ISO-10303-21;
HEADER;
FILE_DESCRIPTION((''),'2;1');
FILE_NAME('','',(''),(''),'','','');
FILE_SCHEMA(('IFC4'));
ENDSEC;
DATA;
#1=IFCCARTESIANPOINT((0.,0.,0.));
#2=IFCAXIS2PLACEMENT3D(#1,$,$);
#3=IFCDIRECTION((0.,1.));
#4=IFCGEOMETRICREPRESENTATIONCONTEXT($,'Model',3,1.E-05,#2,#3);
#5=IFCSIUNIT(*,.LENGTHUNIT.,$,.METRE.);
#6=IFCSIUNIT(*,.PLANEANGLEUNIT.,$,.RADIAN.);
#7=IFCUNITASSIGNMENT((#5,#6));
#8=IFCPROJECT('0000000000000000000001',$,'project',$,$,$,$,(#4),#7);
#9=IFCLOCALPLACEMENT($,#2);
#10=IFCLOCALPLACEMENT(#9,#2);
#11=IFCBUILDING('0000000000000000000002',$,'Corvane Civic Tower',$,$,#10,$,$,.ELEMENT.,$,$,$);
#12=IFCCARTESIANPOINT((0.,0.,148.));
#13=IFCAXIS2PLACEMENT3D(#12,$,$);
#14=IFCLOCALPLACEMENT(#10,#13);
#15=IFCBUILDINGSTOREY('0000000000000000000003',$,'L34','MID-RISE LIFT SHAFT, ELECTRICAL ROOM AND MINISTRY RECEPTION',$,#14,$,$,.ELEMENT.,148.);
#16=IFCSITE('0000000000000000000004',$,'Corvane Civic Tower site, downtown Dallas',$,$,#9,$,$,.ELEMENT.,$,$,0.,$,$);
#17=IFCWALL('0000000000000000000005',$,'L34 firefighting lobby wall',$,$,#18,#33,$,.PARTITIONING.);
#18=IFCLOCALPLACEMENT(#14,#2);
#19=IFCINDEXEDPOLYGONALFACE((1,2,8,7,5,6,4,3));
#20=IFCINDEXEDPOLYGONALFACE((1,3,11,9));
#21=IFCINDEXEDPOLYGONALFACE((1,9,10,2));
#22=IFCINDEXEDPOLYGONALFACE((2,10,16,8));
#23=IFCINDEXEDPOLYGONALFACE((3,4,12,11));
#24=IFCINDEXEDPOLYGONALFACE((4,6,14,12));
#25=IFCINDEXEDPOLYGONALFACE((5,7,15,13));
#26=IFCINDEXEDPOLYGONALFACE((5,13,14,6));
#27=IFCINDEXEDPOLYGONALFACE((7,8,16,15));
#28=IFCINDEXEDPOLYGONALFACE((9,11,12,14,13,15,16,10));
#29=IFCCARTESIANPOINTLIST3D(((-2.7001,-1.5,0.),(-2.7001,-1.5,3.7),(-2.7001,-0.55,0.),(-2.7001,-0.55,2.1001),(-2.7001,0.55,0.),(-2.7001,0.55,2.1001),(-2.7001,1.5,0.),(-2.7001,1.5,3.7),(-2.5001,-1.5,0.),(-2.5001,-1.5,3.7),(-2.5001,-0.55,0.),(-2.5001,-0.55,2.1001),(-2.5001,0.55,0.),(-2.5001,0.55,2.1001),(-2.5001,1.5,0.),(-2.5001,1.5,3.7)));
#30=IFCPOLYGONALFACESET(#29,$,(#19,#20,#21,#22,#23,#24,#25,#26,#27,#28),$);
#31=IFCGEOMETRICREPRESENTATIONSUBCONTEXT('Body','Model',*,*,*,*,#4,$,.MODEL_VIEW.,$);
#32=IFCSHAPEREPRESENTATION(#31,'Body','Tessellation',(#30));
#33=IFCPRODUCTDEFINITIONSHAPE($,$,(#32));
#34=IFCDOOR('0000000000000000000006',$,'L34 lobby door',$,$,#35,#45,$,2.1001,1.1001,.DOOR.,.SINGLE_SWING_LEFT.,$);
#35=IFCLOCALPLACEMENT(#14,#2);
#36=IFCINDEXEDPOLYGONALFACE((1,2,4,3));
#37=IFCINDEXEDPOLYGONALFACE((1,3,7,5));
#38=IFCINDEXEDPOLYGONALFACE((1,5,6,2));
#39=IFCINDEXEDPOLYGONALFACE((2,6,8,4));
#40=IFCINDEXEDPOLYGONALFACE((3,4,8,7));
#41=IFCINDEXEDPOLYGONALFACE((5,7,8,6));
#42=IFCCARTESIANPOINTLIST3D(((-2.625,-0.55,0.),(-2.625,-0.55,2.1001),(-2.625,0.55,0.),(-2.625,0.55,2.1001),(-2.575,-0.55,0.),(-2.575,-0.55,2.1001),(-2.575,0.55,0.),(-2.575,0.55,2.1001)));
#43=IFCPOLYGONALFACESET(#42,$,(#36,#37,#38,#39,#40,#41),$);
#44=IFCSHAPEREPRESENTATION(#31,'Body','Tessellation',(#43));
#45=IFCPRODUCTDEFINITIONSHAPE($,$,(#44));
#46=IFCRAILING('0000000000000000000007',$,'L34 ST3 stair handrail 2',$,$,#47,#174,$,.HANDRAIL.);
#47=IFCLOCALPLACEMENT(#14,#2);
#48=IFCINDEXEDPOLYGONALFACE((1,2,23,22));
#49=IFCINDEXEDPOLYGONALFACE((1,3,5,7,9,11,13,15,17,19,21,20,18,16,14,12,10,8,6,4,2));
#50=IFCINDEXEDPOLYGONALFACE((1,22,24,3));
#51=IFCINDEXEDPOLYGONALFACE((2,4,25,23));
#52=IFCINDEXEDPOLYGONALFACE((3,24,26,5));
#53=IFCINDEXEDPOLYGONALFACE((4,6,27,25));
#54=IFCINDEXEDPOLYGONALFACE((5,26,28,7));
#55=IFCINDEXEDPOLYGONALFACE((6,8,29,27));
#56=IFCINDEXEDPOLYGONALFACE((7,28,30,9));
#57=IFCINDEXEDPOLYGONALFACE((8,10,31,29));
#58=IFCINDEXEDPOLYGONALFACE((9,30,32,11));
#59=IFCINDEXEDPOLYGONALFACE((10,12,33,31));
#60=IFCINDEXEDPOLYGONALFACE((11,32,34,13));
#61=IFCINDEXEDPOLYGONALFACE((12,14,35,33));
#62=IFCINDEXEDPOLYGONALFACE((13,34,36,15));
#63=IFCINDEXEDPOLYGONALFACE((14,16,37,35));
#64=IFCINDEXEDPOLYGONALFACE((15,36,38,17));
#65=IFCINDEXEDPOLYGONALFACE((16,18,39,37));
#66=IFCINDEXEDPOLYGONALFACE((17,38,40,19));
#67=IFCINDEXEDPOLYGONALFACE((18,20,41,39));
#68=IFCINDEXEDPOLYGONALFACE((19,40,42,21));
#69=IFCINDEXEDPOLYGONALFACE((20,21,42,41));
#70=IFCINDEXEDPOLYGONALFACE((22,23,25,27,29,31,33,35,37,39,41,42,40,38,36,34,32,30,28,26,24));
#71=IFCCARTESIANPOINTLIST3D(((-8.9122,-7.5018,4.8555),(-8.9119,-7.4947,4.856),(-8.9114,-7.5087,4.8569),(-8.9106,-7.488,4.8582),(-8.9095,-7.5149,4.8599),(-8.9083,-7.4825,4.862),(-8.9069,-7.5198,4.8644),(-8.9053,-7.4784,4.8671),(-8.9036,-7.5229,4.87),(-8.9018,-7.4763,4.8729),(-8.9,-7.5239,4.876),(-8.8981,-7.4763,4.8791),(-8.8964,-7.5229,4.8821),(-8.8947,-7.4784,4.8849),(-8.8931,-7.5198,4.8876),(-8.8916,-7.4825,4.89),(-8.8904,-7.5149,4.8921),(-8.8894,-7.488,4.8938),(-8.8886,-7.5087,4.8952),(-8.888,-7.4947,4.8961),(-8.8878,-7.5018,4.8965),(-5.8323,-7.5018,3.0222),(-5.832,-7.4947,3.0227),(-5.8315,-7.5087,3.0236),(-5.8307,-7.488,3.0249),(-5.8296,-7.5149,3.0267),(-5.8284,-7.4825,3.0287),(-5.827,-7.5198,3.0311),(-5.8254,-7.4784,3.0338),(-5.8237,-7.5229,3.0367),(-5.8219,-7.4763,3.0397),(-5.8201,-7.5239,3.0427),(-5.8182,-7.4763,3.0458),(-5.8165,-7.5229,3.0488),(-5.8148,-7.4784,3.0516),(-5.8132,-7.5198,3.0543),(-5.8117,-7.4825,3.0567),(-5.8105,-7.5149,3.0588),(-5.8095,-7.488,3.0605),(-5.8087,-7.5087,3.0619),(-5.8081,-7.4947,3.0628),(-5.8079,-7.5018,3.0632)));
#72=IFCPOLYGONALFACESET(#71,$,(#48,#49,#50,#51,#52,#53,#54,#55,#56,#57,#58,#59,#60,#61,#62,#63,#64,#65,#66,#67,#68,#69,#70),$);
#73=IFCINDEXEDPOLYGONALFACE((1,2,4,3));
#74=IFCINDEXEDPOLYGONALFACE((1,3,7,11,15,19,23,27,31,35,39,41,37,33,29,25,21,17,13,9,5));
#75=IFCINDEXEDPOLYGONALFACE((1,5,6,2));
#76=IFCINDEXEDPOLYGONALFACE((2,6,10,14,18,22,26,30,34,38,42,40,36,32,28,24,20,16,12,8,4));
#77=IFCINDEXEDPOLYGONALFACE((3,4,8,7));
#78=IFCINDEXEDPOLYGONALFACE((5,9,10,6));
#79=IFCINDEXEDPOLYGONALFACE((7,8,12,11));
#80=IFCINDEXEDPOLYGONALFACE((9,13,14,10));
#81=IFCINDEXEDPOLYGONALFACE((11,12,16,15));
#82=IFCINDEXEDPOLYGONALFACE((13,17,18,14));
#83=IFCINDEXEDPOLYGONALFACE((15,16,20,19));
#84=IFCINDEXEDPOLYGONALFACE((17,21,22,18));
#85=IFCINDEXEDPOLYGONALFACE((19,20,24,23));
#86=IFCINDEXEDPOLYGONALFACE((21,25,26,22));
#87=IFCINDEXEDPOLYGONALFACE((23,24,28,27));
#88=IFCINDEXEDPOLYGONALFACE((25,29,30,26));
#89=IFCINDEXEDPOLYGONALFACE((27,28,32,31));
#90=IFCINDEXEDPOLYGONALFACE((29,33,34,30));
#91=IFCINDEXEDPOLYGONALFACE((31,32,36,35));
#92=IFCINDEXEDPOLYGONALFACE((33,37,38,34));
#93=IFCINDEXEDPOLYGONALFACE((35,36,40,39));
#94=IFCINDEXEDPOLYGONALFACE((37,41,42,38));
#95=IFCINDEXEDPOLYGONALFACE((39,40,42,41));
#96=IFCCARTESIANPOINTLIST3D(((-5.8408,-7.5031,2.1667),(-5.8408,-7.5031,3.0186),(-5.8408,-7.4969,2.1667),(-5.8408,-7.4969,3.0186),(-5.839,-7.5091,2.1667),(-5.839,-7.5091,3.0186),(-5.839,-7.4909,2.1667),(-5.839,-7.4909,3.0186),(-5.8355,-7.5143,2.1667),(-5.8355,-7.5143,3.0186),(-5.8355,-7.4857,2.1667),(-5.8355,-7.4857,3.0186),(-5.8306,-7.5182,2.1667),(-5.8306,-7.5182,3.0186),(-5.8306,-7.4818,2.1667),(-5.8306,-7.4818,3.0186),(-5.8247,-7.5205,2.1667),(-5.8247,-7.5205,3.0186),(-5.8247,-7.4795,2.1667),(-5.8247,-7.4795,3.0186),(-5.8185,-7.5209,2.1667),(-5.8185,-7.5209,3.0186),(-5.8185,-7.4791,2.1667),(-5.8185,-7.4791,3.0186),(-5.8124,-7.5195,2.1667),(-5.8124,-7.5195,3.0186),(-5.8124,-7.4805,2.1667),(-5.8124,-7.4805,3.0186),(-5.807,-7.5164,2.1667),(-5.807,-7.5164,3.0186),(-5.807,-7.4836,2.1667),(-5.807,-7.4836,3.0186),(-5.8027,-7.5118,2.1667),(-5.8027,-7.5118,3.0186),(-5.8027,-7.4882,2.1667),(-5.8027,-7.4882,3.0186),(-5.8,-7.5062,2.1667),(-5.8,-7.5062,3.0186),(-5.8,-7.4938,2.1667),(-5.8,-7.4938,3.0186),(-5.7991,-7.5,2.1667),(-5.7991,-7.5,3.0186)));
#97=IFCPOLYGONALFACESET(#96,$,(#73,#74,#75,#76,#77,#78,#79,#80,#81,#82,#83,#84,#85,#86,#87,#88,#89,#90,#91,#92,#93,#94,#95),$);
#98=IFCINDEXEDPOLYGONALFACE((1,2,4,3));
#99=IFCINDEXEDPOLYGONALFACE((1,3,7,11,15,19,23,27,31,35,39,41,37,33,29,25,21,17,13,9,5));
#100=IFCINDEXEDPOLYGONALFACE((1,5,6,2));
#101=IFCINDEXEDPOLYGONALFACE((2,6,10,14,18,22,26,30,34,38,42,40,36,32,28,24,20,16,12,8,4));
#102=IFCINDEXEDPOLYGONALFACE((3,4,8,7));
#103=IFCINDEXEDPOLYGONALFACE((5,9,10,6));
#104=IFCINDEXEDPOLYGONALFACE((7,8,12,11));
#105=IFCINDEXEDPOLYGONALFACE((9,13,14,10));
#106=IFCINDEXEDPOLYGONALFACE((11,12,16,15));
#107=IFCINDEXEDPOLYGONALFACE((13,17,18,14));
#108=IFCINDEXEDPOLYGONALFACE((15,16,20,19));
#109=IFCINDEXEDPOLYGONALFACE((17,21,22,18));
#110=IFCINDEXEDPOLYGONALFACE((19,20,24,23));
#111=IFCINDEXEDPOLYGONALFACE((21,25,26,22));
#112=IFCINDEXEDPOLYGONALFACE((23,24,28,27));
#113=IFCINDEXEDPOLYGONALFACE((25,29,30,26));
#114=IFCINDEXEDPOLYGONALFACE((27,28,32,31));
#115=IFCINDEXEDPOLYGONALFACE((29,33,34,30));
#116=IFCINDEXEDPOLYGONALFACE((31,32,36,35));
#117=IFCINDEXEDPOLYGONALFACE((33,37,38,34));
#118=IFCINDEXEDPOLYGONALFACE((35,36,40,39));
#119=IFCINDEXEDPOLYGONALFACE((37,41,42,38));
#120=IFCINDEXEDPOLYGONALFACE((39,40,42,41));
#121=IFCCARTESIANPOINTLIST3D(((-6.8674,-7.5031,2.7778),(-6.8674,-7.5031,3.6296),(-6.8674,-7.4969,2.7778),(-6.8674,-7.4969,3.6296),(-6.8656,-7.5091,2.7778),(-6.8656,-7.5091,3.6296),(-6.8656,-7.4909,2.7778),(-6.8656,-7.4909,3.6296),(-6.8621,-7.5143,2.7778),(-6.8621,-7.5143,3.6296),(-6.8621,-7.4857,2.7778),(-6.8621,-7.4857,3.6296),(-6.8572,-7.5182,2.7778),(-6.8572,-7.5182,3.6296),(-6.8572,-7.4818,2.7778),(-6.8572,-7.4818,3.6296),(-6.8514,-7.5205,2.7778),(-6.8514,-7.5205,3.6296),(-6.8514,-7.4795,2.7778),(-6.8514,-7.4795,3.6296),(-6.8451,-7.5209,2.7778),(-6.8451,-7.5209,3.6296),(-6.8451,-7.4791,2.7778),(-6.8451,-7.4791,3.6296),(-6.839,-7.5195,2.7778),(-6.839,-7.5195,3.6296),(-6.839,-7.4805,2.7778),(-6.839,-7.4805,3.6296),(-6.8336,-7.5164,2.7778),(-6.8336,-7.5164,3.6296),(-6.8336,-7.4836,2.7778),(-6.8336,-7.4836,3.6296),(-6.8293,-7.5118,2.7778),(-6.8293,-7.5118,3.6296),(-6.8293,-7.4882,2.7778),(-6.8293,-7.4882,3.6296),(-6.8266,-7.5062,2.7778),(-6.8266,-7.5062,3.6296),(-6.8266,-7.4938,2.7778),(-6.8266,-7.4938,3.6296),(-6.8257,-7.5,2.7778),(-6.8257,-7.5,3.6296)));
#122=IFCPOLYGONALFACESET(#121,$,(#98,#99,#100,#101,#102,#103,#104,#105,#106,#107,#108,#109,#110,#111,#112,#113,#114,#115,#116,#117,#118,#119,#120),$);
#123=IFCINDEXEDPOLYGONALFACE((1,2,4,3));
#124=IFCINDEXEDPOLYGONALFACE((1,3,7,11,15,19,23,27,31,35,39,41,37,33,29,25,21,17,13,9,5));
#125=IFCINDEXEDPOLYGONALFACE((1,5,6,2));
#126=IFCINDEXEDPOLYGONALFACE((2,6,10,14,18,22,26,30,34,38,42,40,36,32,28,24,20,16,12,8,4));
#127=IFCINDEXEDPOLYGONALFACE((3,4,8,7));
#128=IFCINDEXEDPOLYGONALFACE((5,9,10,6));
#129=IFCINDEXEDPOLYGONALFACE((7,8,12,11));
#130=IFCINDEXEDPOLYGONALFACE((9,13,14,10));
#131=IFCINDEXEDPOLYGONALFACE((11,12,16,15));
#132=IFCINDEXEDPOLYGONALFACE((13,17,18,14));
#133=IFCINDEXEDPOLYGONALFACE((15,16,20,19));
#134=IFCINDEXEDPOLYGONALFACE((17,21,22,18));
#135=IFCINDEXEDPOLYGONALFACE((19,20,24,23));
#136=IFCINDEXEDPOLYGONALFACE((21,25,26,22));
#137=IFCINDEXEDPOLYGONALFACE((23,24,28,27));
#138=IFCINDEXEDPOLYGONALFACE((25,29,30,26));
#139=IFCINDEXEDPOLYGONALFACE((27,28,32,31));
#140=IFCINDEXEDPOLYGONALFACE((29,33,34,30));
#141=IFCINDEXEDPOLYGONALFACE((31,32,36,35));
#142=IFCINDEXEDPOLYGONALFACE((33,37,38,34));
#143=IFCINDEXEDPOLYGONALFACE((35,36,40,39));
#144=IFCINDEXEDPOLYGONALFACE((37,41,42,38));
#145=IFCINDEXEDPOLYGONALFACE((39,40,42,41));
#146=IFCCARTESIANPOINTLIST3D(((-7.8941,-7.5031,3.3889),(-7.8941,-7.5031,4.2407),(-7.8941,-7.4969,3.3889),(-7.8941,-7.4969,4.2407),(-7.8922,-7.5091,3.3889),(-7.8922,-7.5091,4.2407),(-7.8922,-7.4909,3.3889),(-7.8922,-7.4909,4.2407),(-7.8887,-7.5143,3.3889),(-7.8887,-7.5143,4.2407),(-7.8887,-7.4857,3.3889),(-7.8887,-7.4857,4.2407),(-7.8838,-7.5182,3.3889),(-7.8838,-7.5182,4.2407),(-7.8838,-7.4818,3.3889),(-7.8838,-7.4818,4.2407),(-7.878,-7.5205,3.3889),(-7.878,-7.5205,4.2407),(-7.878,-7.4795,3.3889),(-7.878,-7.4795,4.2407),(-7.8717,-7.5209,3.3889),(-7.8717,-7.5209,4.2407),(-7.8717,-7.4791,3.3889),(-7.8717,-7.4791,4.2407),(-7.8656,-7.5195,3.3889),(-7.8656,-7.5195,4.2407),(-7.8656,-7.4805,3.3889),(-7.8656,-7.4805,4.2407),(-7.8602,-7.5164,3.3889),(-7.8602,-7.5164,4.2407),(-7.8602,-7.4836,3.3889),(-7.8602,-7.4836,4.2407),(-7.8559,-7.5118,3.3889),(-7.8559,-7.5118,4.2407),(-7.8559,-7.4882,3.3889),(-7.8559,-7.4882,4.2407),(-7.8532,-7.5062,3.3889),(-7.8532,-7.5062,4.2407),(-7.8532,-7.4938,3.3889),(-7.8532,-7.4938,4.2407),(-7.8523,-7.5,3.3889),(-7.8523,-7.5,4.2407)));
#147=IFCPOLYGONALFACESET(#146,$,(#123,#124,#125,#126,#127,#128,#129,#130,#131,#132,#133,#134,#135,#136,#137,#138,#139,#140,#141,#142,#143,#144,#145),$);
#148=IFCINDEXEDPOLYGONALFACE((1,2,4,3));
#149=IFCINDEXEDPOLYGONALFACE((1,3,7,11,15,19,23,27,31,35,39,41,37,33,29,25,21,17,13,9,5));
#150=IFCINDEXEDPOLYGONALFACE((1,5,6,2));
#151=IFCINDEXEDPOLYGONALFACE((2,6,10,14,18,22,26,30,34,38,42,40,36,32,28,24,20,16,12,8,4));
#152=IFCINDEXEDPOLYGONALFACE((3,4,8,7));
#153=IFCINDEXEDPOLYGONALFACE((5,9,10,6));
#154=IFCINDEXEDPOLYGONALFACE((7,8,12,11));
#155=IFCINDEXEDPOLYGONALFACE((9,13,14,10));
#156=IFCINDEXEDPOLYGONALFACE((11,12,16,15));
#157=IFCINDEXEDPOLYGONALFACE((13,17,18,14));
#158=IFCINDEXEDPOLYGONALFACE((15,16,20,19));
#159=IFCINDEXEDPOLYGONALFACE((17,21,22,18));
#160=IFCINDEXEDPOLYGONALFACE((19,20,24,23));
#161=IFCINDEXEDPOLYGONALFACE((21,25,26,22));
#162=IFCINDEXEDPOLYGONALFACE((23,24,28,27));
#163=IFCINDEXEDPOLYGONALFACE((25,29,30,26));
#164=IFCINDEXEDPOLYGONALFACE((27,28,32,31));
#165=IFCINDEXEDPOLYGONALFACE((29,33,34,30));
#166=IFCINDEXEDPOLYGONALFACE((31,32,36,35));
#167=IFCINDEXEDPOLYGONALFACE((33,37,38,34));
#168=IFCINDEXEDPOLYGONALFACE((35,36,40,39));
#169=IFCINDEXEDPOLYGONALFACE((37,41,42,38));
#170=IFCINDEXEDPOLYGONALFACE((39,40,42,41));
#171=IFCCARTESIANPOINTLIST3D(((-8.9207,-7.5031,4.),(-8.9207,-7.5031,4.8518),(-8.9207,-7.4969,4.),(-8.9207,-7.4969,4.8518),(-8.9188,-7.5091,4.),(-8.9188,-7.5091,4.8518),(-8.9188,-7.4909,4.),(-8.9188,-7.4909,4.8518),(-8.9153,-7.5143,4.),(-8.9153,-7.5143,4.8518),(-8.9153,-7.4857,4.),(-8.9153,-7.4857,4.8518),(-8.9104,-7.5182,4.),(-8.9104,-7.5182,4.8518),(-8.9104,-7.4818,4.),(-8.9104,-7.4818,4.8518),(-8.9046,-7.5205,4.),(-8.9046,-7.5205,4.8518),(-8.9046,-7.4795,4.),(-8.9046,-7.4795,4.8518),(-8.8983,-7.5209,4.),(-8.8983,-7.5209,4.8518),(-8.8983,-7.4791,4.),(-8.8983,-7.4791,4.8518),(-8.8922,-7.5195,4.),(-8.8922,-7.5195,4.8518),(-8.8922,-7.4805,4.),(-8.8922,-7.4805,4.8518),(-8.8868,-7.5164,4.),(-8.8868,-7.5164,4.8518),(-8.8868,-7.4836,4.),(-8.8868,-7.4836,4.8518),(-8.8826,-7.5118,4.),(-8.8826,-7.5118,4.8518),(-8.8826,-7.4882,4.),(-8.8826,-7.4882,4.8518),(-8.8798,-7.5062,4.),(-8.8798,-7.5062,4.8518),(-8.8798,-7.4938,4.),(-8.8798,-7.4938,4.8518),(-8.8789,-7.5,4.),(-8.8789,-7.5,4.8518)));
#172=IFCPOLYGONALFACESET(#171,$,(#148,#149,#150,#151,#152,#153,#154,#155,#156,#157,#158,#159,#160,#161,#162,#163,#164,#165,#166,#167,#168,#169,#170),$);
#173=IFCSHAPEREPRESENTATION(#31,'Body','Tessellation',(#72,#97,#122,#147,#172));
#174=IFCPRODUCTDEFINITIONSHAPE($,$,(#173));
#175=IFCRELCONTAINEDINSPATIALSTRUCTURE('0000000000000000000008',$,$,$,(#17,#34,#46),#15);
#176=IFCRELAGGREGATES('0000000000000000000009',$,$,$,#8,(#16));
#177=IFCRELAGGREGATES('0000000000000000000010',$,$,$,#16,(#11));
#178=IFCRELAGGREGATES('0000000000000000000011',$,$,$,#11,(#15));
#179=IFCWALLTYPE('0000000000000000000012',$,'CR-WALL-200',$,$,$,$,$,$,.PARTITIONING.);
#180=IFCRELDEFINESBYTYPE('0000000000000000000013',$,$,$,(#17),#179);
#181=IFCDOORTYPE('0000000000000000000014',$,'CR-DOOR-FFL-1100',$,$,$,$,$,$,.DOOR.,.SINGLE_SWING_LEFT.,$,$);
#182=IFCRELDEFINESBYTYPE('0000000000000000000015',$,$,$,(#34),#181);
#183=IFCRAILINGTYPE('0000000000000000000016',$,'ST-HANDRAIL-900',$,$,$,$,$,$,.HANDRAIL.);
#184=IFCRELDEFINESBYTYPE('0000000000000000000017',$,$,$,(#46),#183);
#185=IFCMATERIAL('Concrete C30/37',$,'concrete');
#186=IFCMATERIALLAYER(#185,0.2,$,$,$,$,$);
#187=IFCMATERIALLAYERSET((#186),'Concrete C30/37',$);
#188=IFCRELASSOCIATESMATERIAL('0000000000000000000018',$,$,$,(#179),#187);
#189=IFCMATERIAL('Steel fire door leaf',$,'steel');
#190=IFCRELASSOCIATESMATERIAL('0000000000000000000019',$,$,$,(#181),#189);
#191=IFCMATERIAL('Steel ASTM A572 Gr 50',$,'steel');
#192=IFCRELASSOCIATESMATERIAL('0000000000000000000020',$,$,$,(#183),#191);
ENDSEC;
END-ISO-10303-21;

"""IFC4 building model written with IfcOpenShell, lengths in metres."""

from ifc_helpers import new_model, si_unit, direction, frame, frame_2d, origin, origin_2d, place, context, subcontext, project, spatial, rectangle, circle, extrude, material, layer, layer_set, type_object, element, fill, save


model = new_model("IFC4")

# Units and contexts
model_context = context("Model", 3, precision=1e-05, world=origin(), true_north=direction((0.0, 1.0)))
body_context = subcontext(model_context, "Body", "Model", "MODEL_VIEW")
ifc_project = project(units=[si_unit("LENGTHUNIT", "METRE"), si_unit("PLANEANGLEUNIT", "RADIAN")], contexts=[model_context])

# Site, building, storey
site_placement = place(None, origin())
site = spatial("IfcSite", under=ifc_project, at=site_placement, Name="Corvane Civic Tower site, downtown Dallas", CompositionType="ELEMENT", RefElevation=0.0)
building_placement = place(site_placement, origin())
building = spatial("IfcBuilding", under=site, at=building_placement, Name="Corvane Civic Tower", CompositionType="ELEMENT")
storey_placement = place(building_placement, frame((0.0, 0.0, 148.0)))
storey = spatial("IfcBuildingStorey", under=building, at=storey_placement, Name="L34", Description="MID-RISE LIFT SHAFT, ELECTRICAL ROOM AND MINISTRY RECEPTION", CompositionType="ELEMENT", Elevation=148.0)

# Shared definitions
ifc_material_1 = material(Name="Concrete C30/37", Category="concrete")
ifc_layer_1 = layer(ifc_material_1, 0.2)
ifc_layer_set_1 = layer_set([ifc_layer_1], Name="Concrete C30/37")
wall_type = type_object("IfcWallType", Name="CR-WALL-200", PredefinedType="PARTITIONING", material=ifc_layer_set_1)

# Wall, opening, door
wall_1_placement = place(storey_placement, frame((-2.6001, -1.5, 0.0), z_axis=(0.0, 0.0, 1.0), x_axis=(0.0, 1.0, 0.0)))
wall_1 = element("IfcWall", 1, at=wall_1_placement, inside=storey, type_object=wall_type, Name="L34 firefighting lobby wall", PredefinedType="PARTITIONING", context=body_context, shape_type="SweptSolid", body=[
    extrude(rectangle(XDim=3.0, YDim=0.2, at=frame_2d((1.5, 0.0))), origin(), (0.0, 0.0, 1.0), 3.7),
])
opening_1_placement = place(wall_1_placement, frame((0.95, 0.0, 0.0)))
opening_1 = element("IfcOpeningElement", 2, at=opening_1_placement, cuts=wall_1, PredefinedType="OPENING", context=body_context, shape_type="SweptSolid", body=[
    extrude(rectangle(XDim=1.1001, YDim=2.1001, at=frame_2d((0.55, 1.05))), frame((0.0, 0.1099, 0.0), z_axis=(0.0, -1.0, 0.0), x_axis=(1.0, 0.0, 0.0)), (0.0, 0.0, 1.0), 0.22),
])
ifc_material_2 = material(Name="Steel fire door leaf", Category="steel")
door_type_1 = type_object("IfcDoorType", Name="CR-DOOR-FFL-1100", OperationType="SINGLE_SWING_LEFT", PredefinedType="DOOR", material=ifc_material_2)
door_1_placement = place(opening_1_placement, origin())
door_1 = element("IfcDoor", 3, at=door_1_placement, inside=storey, type_object=door_type_1, Name="L34 lobby door", OperationType="SINGLE_SWING_LEFT", OverallHeight=2.1001, OverallWidth=1.1001, PredefinedType="DOOR", context=body_context, shape_type="SweptSolid", body=[
    extrude(rectangle(XDim=1.1001, YDim=2.1001, at=frame_2d((0.55, 1.05))), frame((0.0, 0.0249, 0.0), z_axis=(0.0, -1.0, 0.0), x_axis=(1.0, 0.0, 0.0)), (0.0, 0.0, 1.0), 0.05),
])
fill(opening_1, door_1)

# Railing
ifc_material_3 = material(Name="Steel ASTM A572 Gr 50", Category="steel")
railing_type = type_object("IfcRailingType", Name="ST-HANDRAIL-900", PredefinedType="HANDRAIL", material=ifc_material_3)
railing_placement = place(storey_placement, frame((-5.8201, -7.5, 2.1667)))
element("IfcRailing", 4, at=railing_placement, inside=storey, type_object=railing_type, Name="L34 ST3 stair handrail 2", PredefinedType="HANDRAIL", context=body_context, shape_type="SweptSolid", body=[
    extrude(circle(Radius=0.0239, at=origin_2d()), frame((0.0, 0.0, 0.876), z_axis=(-0.859291, 0.0, 0.511487), x_axis=(0.0, -1.0, 0.0)), (0.0, 0.0, 1.0), 3.5842),
    extrude(circle(Radius=0.021, at=origin_2d()), origin(), (0.0, 0.0, 1.0), 0.8518),
    extrude(circle(Radius=0.021, at=origin_2d()), frame((-1.0266, 0.0, 0.6111)), (0.0, 0.0, 1.0), 0.8518),
    extrude(circle(Radius=0.021, at=origin_2d()), frame((-2.0532, 0.0, 1.2222)), (0.0, 0.0, 1.0), 0.8518),
    extrude(circle(Radius=0.021, at=origin_2d()), frame((-3.0798, 0.0, 1.8333)), (0.0, 0.0, 1.0), 0.8518),
])

save(model, "model.ifc")
